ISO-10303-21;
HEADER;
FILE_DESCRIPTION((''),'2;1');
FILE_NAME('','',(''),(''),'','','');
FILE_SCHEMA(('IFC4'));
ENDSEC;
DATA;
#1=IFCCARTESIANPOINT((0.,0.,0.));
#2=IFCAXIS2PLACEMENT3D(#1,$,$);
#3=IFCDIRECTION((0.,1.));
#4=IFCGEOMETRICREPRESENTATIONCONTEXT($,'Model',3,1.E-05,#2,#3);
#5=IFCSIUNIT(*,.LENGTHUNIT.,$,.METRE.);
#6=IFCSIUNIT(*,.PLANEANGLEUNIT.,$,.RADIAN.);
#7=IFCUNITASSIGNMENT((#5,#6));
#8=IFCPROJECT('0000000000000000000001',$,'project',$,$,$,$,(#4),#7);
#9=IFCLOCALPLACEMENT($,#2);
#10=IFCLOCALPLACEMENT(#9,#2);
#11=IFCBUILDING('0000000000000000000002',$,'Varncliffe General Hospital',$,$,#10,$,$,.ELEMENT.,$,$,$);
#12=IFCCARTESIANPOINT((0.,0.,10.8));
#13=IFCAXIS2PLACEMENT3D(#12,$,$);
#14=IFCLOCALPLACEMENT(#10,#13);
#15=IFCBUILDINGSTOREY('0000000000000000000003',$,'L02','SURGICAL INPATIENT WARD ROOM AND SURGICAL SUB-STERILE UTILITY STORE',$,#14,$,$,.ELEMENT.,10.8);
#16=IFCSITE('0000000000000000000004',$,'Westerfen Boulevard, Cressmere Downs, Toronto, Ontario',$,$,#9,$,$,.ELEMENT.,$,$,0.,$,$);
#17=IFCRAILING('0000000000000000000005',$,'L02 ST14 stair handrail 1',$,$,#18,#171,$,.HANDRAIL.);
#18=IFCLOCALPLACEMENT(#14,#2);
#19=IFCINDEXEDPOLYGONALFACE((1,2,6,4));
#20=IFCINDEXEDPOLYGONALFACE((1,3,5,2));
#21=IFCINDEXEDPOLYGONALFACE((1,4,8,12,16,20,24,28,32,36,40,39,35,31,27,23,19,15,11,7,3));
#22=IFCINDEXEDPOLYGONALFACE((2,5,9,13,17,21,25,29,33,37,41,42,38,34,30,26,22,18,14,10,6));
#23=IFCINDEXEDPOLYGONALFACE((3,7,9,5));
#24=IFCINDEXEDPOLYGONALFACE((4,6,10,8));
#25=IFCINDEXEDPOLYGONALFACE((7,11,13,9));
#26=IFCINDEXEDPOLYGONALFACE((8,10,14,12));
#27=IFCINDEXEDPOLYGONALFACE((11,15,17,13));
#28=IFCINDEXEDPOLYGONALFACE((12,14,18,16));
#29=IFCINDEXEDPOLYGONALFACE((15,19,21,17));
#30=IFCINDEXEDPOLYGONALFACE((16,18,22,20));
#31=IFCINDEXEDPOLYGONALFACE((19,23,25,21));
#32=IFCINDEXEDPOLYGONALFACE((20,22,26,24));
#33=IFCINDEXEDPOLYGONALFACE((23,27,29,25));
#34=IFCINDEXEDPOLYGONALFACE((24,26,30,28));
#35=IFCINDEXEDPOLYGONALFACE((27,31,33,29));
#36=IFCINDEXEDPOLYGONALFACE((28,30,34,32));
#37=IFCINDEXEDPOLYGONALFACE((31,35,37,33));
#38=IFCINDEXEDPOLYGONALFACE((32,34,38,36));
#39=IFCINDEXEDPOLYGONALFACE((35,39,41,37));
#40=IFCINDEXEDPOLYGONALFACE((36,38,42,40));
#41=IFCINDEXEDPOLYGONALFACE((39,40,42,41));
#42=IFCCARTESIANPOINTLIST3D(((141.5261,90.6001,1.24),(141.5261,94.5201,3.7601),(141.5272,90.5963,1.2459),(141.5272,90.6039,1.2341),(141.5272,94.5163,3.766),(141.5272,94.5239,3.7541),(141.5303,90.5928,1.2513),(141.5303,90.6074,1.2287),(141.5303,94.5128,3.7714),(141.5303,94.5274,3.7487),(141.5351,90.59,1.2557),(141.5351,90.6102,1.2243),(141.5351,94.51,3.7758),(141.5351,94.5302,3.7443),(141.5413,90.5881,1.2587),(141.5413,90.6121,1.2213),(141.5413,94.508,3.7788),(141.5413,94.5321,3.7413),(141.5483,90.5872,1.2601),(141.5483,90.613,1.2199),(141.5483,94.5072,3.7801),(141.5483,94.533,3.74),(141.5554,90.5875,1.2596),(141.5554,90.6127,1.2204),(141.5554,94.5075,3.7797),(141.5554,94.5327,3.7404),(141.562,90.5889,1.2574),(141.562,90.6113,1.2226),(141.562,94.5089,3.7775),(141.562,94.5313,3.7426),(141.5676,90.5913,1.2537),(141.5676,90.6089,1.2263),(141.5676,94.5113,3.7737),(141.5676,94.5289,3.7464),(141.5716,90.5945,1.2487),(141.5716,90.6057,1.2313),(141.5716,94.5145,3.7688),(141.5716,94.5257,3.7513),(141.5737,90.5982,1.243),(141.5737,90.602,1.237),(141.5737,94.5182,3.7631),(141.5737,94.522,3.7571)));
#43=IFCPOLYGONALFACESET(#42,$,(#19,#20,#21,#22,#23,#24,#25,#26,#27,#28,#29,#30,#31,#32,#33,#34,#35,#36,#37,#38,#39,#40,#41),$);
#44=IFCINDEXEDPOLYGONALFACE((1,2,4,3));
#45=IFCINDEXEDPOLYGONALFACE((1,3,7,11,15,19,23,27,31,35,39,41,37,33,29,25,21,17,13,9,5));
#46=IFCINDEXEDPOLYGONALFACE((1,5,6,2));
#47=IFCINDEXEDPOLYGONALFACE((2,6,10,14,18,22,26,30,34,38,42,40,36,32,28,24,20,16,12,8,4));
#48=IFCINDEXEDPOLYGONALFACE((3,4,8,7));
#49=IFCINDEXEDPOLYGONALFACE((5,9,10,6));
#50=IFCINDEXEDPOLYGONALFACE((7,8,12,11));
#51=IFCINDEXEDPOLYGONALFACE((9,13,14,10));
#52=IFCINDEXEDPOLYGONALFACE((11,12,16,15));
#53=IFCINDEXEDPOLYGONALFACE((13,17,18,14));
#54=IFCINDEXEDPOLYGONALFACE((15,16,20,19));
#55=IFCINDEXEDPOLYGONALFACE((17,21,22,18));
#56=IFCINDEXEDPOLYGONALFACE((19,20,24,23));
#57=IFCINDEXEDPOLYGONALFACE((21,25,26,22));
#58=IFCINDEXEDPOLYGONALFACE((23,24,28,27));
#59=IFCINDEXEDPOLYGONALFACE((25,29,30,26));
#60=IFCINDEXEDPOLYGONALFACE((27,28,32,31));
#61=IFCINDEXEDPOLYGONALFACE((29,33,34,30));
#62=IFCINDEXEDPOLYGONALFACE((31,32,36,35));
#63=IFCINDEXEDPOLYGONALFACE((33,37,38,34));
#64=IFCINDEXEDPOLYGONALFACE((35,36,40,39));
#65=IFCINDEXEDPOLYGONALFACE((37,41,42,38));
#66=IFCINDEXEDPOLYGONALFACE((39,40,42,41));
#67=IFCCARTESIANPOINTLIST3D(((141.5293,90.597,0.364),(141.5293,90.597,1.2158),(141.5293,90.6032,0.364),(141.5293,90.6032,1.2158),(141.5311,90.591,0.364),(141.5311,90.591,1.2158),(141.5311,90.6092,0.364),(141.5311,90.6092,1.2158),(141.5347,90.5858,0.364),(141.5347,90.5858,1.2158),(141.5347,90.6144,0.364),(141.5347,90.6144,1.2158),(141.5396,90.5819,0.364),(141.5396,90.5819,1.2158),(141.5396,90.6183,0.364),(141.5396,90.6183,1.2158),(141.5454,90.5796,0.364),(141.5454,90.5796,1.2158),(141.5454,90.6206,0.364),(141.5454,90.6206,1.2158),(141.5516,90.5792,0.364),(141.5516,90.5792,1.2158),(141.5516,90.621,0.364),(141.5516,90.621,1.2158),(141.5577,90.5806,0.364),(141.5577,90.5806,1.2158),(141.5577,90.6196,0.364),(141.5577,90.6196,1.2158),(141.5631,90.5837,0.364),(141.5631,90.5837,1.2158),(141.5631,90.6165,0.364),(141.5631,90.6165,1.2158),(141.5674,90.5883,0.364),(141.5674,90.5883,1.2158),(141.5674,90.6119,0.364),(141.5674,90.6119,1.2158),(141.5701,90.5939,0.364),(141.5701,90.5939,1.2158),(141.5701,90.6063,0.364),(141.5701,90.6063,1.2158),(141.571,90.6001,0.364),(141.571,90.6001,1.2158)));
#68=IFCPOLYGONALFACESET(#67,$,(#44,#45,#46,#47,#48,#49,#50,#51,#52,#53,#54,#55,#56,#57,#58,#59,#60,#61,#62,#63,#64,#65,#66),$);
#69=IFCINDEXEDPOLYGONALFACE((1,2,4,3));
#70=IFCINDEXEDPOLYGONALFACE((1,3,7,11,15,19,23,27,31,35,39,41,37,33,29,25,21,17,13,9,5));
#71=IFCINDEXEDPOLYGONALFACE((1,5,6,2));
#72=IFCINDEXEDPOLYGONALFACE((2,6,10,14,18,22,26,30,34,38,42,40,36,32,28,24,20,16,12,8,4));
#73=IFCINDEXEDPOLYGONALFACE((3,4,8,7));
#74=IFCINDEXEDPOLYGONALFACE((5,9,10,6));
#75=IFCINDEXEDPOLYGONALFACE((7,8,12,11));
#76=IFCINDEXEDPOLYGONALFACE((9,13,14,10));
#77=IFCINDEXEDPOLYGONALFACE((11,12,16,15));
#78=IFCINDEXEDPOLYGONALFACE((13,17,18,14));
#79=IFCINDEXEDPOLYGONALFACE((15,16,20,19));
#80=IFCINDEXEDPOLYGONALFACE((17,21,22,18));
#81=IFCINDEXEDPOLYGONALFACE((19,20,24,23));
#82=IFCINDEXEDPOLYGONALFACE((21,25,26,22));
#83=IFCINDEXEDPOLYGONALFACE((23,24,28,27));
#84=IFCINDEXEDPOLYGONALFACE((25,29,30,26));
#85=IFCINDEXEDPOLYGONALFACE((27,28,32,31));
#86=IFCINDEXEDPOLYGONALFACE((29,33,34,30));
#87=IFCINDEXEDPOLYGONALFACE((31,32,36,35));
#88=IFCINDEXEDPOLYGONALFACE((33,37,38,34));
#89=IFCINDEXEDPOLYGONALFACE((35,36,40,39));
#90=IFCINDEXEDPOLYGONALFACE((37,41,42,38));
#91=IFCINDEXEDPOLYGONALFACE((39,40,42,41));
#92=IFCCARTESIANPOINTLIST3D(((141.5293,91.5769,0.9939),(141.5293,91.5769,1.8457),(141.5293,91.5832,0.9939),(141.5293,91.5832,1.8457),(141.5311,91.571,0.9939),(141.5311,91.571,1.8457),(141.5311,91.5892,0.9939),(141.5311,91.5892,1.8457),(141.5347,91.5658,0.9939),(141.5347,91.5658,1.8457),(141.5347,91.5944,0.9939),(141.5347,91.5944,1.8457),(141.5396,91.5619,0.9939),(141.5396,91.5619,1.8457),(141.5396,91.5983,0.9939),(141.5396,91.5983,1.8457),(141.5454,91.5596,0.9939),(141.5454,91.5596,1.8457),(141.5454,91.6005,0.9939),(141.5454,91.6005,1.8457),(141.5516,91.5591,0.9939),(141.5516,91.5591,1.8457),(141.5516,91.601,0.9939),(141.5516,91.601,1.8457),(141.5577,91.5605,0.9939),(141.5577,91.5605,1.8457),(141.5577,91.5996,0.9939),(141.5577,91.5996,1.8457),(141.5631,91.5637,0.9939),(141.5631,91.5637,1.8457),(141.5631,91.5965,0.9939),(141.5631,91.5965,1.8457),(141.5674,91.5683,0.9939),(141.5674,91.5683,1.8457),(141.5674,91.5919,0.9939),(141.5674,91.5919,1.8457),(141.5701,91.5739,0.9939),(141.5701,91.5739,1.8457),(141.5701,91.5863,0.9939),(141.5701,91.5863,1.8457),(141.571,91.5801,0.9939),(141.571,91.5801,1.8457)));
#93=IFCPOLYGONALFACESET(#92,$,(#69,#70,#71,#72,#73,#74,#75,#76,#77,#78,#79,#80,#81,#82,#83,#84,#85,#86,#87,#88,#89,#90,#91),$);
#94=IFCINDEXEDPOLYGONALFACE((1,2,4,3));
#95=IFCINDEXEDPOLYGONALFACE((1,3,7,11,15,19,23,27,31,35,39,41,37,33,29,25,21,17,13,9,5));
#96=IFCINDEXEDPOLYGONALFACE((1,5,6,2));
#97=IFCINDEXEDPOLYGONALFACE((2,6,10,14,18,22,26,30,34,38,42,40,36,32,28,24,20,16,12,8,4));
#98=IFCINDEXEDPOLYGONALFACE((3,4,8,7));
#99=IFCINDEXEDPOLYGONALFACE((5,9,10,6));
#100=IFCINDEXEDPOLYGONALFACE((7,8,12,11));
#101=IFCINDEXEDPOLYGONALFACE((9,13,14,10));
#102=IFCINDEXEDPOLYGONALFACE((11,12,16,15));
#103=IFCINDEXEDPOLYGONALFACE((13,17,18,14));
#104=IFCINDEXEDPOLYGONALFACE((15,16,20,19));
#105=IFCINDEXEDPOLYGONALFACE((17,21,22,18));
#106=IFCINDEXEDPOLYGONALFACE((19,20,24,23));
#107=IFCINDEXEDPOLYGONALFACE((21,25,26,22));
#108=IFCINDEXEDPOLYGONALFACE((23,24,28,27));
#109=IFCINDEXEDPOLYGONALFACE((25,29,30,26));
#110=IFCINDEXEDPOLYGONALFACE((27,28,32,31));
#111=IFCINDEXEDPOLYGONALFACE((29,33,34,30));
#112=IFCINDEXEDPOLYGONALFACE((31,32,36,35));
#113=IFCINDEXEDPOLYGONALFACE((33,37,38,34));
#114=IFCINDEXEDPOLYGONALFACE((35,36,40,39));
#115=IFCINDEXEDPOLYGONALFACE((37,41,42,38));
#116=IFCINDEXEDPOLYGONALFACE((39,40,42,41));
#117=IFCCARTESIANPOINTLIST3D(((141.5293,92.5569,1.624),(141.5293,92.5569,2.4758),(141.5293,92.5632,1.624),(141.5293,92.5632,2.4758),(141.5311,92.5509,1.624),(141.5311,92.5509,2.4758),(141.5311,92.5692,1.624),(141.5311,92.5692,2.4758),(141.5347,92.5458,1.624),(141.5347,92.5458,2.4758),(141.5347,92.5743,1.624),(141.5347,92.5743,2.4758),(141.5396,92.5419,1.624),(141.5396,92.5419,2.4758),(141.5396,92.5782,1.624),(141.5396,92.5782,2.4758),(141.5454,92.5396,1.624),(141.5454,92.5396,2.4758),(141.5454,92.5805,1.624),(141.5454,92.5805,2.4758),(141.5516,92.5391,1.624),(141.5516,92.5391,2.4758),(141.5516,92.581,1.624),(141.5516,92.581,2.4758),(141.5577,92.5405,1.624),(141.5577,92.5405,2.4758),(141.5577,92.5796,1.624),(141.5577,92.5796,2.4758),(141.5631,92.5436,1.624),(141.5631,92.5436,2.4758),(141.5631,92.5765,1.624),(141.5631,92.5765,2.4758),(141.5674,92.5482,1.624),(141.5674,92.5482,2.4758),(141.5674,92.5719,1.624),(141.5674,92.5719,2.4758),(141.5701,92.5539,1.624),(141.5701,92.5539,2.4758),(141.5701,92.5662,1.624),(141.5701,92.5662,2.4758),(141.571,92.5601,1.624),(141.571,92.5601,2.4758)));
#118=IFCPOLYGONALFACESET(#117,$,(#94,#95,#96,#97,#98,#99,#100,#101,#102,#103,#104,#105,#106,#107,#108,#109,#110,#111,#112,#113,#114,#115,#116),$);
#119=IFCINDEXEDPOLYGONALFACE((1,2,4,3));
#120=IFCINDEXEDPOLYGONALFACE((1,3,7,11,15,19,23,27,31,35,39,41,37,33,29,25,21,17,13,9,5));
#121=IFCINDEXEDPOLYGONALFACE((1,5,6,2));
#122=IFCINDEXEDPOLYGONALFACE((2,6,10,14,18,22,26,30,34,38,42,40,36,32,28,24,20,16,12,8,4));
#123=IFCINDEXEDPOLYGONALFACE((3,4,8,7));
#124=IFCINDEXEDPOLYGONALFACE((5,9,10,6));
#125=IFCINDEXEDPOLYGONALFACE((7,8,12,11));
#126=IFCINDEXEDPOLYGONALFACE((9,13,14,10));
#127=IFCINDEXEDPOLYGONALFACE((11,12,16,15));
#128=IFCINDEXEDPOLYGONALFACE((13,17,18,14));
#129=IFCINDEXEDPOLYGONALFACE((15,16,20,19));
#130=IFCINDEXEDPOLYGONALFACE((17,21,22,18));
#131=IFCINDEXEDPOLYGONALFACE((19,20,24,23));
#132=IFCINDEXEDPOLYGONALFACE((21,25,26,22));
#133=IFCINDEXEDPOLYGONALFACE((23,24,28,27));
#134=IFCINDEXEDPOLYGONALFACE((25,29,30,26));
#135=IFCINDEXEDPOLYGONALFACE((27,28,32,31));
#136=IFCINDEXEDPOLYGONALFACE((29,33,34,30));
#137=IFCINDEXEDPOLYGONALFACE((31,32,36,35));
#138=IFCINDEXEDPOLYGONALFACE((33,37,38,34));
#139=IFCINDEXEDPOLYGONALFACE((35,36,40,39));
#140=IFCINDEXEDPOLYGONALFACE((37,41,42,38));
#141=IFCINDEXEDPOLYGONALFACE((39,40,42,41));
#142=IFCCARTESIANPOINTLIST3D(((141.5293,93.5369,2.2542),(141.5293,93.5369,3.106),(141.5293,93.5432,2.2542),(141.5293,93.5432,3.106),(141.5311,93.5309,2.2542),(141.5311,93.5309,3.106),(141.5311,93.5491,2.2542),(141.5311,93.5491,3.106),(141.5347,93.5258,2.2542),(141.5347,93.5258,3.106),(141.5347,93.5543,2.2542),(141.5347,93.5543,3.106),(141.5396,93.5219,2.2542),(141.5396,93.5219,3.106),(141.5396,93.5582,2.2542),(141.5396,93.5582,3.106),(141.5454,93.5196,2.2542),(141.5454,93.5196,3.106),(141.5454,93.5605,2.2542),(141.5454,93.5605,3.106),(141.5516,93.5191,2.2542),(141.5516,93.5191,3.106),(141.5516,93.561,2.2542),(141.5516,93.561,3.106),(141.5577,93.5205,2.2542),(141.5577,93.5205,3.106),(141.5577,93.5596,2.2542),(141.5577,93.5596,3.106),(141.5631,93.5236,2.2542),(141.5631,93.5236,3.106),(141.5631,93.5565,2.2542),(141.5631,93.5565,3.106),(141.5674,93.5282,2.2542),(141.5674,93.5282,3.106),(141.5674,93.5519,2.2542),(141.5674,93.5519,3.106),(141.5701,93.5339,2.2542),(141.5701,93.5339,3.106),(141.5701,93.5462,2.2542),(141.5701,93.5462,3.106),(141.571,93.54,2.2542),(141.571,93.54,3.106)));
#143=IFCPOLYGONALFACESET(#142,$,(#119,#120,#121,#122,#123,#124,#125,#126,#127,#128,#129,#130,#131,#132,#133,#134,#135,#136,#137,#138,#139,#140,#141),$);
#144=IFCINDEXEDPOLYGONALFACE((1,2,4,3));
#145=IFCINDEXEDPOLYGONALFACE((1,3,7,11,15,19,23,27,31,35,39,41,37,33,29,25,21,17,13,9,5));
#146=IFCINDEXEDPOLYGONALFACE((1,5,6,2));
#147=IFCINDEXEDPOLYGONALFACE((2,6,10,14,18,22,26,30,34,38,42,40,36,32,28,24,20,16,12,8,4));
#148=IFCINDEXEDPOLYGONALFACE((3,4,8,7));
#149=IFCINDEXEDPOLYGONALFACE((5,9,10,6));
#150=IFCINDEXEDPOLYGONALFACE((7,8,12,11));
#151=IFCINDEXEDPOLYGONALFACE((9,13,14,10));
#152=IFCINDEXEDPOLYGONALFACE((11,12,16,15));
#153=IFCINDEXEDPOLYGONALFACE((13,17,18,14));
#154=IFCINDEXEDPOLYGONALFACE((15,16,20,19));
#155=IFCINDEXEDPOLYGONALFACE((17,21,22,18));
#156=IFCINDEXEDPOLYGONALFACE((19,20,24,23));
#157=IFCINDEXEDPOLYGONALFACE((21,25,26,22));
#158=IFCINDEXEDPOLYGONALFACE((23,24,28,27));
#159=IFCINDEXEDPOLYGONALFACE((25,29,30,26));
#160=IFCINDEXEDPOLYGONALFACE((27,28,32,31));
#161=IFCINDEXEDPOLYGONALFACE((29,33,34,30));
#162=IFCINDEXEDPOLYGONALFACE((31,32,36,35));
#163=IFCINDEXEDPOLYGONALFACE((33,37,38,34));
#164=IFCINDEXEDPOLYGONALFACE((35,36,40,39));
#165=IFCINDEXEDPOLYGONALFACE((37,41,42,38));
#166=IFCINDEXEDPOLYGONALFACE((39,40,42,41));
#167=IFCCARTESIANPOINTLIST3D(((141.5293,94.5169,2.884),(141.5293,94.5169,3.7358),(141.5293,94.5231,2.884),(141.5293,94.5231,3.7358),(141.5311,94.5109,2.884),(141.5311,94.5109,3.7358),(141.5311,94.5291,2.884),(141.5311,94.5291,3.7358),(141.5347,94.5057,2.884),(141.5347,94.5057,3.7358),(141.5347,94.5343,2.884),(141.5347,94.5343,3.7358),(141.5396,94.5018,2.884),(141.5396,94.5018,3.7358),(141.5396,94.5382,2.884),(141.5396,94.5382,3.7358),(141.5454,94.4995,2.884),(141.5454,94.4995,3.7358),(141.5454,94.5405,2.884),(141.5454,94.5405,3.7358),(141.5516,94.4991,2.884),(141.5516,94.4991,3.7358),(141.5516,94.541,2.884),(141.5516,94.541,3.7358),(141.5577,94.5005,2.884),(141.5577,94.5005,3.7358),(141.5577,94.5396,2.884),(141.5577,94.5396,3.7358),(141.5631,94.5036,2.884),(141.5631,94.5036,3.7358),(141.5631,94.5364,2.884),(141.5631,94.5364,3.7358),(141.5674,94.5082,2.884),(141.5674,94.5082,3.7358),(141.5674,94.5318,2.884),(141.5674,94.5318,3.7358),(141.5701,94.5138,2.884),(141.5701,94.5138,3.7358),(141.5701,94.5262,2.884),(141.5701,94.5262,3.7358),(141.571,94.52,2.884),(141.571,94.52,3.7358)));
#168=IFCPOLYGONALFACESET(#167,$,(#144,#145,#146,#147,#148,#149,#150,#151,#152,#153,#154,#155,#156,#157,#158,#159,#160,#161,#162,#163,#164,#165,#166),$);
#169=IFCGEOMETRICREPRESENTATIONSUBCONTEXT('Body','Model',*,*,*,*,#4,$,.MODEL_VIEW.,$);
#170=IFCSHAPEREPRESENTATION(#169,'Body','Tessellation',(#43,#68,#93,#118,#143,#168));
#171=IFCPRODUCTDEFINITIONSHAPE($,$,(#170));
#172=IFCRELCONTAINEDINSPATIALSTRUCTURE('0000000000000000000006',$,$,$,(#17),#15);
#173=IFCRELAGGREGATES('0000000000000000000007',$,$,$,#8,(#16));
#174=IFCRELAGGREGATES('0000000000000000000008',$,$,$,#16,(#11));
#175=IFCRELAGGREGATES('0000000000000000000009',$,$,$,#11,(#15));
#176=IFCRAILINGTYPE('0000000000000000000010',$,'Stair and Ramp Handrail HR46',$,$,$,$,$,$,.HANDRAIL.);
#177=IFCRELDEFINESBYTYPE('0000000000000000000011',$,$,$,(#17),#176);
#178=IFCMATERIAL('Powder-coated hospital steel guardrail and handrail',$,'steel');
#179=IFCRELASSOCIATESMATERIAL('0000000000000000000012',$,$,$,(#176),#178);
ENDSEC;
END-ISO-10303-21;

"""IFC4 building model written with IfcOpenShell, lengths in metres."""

from ifc_helpers import new_model, si_unit, direction, frame, origin, origin_2d, place, context, subcontext, project, spatial, circle, extrude, material, type_object, element, save


model = new_model("IFC4")

# Units and contexts
model_context = context("Model", 3, precision=1e-05, world=origin(), true_north=direction((0.0, 1.0)))
body_context = subcontext(model_context, "Body", "Model", "MODEL_VIEW")
ifc_project = project(units=[si_unit("LENGTHUNIT", "METRE"), si_unit("PLANEANGLEUNIT", "RADIAN")], contexts=[model_context])

# Site, building, storey
site_placement = place(None, origin())
site = spatial("IfcSite", under=ifc_project, at=site_placement, Name="Westerfen Boulevard, Cressmere Downs, Toronto, Ontario", CompositionType="ELEMENT", RefElevation=0.0)
building_placement = place(site_placement, origin())
building = spatial("IfcBuilding", under=site, at=building_placement, Name="Varncliffe General Hospital", CompositionType="ELEMENT")
storey_placement = place(building_placement, frame((0.0, 0.0, 10.8)))
storey = spatial("IfcBuildingStorey", under=building, at=storey_placement, Name="L02", Description="SURGICAL INPATIENT WARD ROOM AND SURGICAL SUB-STERILE UTILITY STORE", CompositionType="ELEMENT", Elevation=10.8)

# Railing
ifc_material_1 = material(Name="Powder-coated hospital steel guardrail and handrail", Category="steel")
railing_type_1 = type_object("IfcRailingType", Name="Stair and Ramp Handrail HR46", PredefinedType="HANDRAIL", material=ifc_material_1)
railing_1_placement = place(storey_placement, frame((141.55, 90.6001, 0.364)))
element("IfcRailing", 1, at=railing_1_placement, inside=storey, type_object=railing_type_1, Name="L02 ST14 stair handrail 1", PredefinedType="HANDRAIL", context=body_context, shape_type="SweptSolid", body=[
    extrude(circle(Radius=0.0239, at=origin_2d()), frame((0.0, 0.0, 0.876), z_axis=(0.0, 0.841172, 0.540768), x_axis=(-1.0, 0.0, 0.0)), (0.0, 0.0, 1.0), 4.6602),
    extrude(circle(Radius=0.021, at=origin_2d()), origin(), (0.0, 0.0, 1.0), 0.8518),
    extrude(circle(Radius=0.021, at=origin_2d()), frame((0.0, 0.98, 0.6299)), (0.0, 0.0, 1.0), 0.8518),
    extrude(circle(Radius=0.021, at=origin_2d()), frame((0.0, 1.96, 1.26)), (0.0, 0.0, 1.0), 0.8518),
    extrude(circle(Radius=0.021, at=origin_2d()), frame((0.0, 2.9399, 1.8901)), (0.0, 0.0, 1.0), 0.8518),
    extrude(circle(Radius=0.021, at=origin_2d()), frame((0.0, 3.9199, 2.52)), (0.0, 0.0, 1.0), 0.8518),
])

save(model, "model.ifc")
